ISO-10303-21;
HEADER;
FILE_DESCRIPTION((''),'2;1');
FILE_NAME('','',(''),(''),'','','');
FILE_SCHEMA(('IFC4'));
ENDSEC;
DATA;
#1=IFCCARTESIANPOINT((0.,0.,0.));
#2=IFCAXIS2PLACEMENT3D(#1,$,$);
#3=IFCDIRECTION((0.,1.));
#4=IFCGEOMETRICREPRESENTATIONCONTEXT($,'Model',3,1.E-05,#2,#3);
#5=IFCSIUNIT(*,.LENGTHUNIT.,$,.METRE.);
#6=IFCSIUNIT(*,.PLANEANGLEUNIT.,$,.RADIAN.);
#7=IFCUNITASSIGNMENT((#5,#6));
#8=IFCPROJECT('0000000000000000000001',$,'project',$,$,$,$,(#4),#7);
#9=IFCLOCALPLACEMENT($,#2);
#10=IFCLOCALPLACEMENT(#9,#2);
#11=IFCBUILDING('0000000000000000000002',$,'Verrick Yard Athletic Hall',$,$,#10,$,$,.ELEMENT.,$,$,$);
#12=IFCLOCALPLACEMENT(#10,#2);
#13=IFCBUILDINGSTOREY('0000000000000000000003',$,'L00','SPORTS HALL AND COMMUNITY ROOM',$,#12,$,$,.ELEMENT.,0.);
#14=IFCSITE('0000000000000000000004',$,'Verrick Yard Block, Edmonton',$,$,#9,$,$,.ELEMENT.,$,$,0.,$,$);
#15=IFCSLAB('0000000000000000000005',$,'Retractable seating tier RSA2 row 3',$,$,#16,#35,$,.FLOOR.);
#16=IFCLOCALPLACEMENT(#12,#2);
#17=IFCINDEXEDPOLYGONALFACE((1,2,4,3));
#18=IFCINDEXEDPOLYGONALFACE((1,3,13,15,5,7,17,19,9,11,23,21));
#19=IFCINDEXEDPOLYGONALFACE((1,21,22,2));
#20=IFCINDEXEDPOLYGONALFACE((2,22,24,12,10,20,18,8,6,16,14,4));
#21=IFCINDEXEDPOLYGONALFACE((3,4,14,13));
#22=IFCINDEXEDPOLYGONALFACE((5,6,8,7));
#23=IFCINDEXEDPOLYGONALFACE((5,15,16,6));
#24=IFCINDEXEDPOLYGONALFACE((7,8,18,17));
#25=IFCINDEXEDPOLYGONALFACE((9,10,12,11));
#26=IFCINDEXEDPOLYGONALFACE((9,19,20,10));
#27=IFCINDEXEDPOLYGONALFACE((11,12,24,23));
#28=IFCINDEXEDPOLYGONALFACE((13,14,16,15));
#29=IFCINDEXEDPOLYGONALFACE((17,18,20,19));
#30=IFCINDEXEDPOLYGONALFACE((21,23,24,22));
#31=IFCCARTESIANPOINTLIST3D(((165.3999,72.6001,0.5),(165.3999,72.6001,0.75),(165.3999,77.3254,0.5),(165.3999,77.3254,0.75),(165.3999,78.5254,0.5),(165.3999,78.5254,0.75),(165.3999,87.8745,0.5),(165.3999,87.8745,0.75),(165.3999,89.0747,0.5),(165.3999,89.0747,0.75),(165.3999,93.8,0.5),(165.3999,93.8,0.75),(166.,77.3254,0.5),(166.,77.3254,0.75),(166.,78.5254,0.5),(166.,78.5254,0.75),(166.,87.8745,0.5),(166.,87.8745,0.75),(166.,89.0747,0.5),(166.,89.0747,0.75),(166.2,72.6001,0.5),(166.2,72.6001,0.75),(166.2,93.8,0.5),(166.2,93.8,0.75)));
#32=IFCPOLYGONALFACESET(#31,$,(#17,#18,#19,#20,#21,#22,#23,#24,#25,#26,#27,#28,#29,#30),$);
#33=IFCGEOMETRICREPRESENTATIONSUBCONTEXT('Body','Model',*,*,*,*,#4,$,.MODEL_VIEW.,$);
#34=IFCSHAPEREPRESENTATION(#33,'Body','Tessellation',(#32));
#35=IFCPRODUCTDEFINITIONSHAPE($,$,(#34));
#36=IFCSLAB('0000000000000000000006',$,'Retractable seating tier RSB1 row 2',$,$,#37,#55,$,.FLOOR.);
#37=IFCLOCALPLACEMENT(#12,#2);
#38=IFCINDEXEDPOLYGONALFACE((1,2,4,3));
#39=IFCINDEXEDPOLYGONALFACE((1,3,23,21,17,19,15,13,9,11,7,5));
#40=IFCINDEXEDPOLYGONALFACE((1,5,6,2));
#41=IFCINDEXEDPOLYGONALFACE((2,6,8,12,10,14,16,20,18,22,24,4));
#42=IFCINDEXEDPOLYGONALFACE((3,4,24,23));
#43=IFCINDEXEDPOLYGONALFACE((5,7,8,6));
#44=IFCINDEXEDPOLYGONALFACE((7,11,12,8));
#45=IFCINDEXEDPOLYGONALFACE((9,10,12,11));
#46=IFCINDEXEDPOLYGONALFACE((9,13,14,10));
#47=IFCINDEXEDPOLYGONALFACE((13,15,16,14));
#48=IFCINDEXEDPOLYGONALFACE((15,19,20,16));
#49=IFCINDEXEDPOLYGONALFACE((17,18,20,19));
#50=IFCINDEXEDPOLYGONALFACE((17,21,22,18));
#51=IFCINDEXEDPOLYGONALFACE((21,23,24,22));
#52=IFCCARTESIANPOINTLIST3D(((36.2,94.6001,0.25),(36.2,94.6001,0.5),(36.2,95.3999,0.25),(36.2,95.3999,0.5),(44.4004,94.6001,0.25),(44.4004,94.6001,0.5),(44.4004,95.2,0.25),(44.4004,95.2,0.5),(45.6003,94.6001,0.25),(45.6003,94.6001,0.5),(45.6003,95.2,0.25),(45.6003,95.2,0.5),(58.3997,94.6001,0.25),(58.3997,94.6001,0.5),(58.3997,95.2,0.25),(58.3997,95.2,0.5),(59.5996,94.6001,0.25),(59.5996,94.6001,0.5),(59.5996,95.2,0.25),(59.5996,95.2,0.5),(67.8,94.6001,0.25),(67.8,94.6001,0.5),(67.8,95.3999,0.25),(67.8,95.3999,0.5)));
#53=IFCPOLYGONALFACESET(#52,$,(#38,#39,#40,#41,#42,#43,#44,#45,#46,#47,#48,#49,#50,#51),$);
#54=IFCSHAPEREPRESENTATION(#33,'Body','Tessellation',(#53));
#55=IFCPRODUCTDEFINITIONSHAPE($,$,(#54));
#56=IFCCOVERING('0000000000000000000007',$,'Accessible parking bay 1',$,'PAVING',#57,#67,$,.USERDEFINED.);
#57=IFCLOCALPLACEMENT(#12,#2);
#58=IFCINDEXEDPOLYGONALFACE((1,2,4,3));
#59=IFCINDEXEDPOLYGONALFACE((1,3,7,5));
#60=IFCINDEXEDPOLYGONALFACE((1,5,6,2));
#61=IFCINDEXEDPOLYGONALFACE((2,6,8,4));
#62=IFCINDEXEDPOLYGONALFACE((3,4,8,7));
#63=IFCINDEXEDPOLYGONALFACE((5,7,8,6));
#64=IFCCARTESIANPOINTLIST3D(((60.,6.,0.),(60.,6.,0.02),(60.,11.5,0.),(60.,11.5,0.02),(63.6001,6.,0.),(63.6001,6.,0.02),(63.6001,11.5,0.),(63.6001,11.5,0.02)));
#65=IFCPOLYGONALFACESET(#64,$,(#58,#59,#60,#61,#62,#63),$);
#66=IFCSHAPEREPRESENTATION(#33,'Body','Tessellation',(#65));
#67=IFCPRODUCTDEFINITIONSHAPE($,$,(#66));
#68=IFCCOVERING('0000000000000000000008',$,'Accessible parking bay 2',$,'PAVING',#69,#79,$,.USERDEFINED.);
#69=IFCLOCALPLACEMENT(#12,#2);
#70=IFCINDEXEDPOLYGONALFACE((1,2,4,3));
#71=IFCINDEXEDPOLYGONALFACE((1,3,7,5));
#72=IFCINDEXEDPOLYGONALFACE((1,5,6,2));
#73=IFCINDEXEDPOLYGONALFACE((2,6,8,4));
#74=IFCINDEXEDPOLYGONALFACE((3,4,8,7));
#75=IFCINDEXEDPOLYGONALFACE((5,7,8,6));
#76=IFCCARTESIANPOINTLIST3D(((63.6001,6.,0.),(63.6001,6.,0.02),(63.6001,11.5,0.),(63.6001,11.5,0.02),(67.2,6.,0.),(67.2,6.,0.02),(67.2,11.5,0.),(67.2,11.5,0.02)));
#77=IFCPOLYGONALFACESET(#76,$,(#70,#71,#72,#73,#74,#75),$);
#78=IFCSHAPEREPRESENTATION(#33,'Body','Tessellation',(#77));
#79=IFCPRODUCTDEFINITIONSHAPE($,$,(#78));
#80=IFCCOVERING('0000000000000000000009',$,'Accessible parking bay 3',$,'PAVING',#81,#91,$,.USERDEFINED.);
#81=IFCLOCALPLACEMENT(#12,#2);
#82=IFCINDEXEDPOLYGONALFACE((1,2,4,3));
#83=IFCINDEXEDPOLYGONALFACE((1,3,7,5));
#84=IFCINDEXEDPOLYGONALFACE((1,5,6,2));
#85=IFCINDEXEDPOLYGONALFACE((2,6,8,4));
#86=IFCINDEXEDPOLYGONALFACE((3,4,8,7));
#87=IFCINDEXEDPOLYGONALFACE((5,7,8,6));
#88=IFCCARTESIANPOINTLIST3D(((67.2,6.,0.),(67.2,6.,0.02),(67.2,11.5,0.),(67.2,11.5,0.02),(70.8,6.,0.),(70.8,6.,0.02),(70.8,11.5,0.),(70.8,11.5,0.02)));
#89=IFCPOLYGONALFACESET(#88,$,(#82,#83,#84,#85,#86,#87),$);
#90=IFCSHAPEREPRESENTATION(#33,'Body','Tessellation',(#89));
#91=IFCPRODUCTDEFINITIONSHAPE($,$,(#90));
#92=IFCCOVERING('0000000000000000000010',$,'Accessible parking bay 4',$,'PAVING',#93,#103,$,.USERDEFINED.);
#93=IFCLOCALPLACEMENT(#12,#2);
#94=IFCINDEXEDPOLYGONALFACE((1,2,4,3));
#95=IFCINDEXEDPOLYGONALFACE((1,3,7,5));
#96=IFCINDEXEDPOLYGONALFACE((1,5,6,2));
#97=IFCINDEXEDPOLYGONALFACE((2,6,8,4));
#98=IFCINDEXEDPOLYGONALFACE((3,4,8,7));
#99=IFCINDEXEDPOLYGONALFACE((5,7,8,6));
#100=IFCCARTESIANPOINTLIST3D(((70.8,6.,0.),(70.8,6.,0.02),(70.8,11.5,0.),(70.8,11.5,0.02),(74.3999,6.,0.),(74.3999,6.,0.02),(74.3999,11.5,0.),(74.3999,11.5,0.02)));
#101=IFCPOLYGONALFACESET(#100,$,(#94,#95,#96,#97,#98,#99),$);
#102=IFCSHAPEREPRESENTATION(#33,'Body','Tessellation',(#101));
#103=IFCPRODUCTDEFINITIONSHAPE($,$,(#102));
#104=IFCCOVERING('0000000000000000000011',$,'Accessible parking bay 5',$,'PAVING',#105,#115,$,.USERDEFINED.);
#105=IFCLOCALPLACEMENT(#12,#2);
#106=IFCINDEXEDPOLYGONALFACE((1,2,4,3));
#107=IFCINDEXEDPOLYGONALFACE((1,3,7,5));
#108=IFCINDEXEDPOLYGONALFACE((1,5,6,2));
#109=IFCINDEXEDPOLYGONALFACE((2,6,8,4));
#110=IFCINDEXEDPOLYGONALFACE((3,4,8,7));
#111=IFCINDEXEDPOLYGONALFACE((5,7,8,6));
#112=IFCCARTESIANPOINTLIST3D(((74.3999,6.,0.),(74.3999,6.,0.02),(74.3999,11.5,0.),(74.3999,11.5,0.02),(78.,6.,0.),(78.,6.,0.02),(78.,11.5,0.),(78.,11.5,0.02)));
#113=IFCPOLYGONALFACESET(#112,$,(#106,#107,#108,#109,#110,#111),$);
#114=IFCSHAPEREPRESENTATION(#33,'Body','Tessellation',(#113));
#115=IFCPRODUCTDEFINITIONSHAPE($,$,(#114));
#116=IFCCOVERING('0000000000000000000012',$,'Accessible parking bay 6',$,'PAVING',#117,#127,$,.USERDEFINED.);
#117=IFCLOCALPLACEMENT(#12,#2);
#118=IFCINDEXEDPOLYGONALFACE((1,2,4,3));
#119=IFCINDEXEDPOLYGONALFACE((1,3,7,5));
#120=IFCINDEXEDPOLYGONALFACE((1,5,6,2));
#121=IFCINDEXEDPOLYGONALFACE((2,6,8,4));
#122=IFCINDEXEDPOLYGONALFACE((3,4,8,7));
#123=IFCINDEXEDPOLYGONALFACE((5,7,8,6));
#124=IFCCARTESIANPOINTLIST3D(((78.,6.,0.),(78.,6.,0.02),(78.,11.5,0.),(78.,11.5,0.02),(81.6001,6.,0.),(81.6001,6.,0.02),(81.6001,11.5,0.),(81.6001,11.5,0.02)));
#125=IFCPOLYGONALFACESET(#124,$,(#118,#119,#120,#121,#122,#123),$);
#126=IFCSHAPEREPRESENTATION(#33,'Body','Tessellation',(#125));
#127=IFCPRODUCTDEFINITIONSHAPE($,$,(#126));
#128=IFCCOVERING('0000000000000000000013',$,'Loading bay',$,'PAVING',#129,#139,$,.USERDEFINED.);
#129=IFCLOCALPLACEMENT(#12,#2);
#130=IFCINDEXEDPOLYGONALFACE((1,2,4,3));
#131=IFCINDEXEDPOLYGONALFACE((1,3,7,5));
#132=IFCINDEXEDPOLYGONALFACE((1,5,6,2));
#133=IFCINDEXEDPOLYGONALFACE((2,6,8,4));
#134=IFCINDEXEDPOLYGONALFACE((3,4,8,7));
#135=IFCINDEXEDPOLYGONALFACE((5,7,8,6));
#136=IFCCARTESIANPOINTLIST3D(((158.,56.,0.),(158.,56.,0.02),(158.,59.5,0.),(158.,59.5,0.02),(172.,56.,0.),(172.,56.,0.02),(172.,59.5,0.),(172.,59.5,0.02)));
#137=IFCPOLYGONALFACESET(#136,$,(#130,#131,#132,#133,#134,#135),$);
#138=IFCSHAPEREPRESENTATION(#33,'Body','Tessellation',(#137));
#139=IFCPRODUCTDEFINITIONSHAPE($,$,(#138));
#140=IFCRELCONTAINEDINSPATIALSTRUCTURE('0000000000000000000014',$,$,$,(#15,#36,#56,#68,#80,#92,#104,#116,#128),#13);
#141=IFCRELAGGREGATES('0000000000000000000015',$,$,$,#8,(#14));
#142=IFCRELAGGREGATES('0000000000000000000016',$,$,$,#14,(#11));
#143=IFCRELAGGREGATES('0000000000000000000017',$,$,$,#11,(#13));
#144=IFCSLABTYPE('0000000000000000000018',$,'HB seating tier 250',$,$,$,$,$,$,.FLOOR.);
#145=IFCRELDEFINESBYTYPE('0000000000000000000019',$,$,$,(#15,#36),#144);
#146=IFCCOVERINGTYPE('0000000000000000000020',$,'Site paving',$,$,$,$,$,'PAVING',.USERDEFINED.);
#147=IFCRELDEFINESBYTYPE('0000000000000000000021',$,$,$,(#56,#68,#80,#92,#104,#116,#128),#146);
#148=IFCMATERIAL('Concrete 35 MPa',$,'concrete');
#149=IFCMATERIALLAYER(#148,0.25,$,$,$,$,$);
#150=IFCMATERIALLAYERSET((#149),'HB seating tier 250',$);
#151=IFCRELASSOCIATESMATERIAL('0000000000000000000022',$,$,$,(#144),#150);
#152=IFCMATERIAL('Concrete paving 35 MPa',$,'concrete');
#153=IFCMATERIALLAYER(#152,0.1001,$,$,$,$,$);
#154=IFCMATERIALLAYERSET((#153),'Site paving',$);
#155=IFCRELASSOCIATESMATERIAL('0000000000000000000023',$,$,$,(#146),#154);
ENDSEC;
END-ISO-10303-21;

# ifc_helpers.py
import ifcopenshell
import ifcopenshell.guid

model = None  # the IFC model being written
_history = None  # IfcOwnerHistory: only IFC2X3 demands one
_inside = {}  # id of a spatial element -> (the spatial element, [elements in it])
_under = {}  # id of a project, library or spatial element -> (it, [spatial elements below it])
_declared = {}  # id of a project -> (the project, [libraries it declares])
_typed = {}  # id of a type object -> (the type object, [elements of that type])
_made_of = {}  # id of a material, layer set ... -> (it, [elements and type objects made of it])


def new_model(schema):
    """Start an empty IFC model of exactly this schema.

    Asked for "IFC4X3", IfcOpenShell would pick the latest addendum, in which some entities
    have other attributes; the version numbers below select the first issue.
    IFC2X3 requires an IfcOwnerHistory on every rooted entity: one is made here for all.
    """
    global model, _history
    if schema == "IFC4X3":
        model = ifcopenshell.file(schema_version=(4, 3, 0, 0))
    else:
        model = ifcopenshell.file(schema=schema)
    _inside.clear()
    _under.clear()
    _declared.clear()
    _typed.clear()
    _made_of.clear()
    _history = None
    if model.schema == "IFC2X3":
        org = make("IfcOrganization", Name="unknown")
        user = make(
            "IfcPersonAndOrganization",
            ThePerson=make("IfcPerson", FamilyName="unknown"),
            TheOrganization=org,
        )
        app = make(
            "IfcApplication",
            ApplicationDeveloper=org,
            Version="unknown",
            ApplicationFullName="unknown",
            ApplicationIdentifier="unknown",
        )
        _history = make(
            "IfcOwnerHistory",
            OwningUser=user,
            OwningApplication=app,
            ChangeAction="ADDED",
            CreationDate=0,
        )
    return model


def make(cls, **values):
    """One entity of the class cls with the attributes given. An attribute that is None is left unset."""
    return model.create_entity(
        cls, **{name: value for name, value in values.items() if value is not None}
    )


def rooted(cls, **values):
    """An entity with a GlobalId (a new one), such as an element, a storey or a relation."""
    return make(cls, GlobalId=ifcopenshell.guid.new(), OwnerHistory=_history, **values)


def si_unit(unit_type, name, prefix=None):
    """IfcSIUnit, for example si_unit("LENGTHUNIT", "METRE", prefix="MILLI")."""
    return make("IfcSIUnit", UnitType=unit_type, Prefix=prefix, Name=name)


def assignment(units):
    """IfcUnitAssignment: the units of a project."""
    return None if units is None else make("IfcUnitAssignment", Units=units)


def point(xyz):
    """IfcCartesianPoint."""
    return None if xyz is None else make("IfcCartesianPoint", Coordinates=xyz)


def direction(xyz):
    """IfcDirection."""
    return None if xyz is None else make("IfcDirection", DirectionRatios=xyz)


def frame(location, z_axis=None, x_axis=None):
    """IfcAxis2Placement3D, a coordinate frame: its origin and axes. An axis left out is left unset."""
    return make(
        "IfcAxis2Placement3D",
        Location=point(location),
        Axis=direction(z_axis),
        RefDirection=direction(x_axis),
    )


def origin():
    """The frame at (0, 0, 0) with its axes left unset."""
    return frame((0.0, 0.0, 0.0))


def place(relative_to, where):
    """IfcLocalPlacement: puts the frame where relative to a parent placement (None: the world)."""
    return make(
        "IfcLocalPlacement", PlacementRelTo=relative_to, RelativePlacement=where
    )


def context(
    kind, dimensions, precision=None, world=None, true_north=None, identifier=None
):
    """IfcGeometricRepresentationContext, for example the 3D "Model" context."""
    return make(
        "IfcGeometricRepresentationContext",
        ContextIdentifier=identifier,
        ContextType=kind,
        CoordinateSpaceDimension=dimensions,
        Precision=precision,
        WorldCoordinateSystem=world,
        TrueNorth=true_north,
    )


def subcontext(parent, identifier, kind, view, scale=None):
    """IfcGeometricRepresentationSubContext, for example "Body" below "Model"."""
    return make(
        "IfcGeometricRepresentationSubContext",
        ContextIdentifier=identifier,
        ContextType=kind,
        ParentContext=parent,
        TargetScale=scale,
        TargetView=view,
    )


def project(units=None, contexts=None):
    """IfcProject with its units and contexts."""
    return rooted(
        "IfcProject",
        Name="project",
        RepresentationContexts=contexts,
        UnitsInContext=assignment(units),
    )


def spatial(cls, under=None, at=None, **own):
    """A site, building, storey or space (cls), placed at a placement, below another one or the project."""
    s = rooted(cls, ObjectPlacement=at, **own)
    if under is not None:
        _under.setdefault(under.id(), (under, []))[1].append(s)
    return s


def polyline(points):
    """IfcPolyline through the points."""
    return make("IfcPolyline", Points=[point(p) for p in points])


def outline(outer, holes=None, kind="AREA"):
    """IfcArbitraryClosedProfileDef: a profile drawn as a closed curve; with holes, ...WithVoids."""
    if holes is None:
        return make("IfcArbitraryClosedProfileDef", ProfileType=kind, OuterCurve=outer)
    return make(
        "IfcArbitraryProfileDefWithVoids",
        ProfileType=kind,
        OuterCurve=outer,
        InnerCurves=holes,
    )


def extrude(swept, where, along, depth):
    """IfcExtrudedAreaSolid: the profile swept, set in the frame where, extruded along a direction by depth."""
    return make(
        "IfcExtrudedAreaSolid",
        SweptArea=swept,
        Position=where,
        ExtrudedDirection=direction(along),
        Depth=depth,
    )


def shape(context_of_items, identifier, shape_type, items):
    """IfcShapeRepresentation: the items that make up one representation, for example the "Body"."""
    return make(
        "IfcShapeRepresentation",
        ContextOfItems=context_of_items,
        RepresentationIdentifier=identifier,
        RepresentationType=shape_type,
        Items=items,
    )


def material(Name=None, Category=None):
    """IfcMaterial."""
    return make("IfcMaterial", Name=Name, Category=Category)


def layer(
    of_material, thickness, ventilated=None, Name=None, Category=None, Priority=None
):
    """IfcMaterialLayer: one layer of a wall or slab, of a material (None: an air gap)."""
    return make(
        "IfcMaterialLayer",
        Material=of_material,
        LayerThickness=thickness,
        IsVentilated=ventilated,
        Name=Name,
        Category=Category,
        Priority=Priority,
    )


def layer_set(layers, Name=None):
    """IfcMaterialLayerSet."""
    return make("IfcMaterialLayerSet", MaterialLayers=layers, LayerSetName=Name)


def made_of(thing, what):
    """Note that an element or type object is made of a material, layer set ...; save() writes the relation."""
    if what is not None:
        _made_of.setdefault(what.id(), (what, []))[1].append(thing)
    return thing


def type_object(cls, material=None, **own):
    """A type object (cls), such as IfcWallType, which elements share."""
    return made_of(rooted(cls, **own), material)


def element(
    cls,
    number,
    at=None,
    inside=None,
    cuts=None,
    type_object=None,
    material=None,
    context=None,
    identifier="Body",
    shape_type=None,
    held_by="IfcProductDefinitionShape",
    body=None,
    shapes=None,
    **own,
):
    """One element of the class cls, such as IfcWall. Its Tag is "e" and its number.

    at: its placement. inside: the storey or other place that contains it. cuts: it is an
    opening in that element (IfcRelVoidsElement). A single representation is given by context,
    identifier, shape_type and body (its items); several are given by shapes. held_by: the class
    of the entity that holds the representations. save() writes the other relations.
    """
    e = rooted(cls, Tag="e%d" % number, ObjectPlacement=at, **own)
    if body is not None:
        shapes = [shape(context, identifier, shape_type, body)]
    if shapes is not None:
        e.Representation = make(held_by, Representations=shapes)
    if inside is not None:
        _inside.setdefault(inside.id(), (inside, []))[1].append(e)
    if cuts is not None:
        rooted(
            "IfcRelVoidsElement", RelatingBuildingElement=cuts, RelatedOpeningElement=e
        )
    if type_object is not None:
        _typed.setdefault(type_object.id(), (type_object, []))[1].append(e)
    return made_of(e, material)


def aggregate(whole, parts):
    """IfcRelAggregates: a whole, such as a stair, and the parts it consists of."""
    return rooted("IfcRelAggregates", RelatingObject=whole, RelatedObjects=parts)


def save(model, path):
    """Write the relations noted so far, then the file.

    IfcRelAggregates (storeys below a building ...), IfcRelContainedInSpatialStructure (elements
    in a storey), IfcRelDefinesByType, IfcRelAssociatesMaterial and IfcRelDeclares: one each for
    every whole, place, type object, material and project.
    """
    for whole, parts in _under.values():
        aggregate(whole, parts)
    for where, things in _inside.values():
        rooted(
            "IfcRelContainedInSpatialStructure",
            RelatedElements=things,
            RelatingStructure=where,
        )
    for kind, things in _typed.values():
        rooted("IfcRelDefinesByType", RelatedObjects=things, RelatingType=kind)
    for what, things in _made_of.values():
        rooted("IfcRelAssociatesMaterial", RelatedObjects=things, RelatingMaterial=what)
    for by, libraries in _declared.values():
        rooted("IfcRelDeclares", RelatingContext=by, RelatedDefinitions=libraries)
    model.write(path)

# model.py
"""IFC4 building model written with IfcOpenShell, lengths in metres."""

from ifc_helpers import new_model, si_unit, direction, frame, origin, place, context, subcontext, project, spatial, polyline, outline, extrude, material, layer, layer_set, type_object, element, save


model = new_model("IFC4")

# Units and contexts
model_context = context("Model", 3, precision=1e-05, world=origin(), true_north=direction((0.0, 1.0)))
body_context = subcontext(model_context, "Body", "Model", "MODEL_VIEW")
ifc_project = project(units=[si_unit("LENGTHUNIT", "METRE"), si_unit("PLANEANGLEUNIT", "RADIAN")], contexts=[model_context])

# Site, building, storey
site_placement = place(None, origin())
site = spatial("IfcSite", under=ifc_project, at=site_placement, Name="Verrick Yard Block, Edmonton", CompositionType="ELEMENT", RefElevation=0.0)
building_placement = place(site_placement, origin())
building = spatial("IfcBuilding", under=site, at=building_placement, Name="Verrick Yard Athletic Hall", CompositionType="ELEMENT")
storey_placement = place(building_placement, origin())
storey = spatial("IfcBuildingStorey", under=building, at=storey_placement, Name="L00", Description="SPORTS HALL AND COMMUNITY ROOM", CompositionType="ELEMENT", Elevation=0.0)

# Slabs
ifc_material_1 = material(Name="Concrete 35 MPa", Category="concrete")
ifc_layer_1 = layer(ifc_material_1, 0.25)
ifc_layer_set_1 = layer_set([ifc_layer_1], Name="HB seating tier 250")
slab_type_1 = type_object("IfcSlabType", Name="HB seating tier 250", PredefinedType="FLOOR", material=ifc_layer_set_1)
slab_1_placement = place(storey_placement, frame((0.0, 0.0, 0.5)))
element("IfcSlab", 1, at=slab_1_placement, inside=storey, type_object=slab_type_1, Name="Retractable seating tier RSA2 row 3", PredefinedType="FLOOR", context=body_context, shape_type="SweptSolid", body=[
    extrude(outline(polyline([(166.2, 72.6001), (166.2, 93.8), (165.3999, 93.8), (165.3999, 89.0747), (166.0, 89.0747), (166.0, 87.8745), (165.3999, 87.8745), (165.3999, 78.5254), (166.0, 78.5254), (166.0, 77.3254), (165.3999, 77.3254), (165.3999, 72.6001), (166.2, 72.6001)])), origin(), (0.0, 0.0, 1.0), 0.25),
])
slab_2_placement = place(storey_placement, frame((0.0, 0.0, 0.25)))
element("IfcSlab", 2, at=slab_2_placement, inside=storey, type_object=slab_type_1, Name="Retractable seating tier RSB1 row 2", PredefinedType="FLOOR", context=body_context, shape_type="SweptSolid", body=[
    extrude(outline(polyline([(36.2, 94.6001), (44.4004, 94.6001), (44.4004, 95.2), (45.6003, 95.2), (45.6003, 94.6001), (58.3997, 94.6001), (58.3997, 95.2), (59.5996, 95.2), (59.5996, 94.6001), (67.8, 94.6001), (67.8, 95.3999), (36.2, 95.3999), (36.2, 94.6001)])), origin(), (0.0, 0.0, 1.0), 0.25),
])

# Coverings
ifc_material_2 = material(Name="Concrete paving 35 MPa", Category="concrete")
ifc_layer_2 = layer(ifc_material_2, 0.1001)
ifc_layer_set_2 = layer_set([ifc_layer_2], Name="Site paving")
covering_type = type_object("IfcCoveringType", Name="Site paving", ElementType="PAVING", PredefinedType="USERDEFINED", material=ifc_layer_set_2)
covering_1_placement = place(storey_placement, origin())
element("IfcCovering", 3, at=covering_1_placement, inside=storey, type_object=covering_type, Name="Accessible parking bay 1", ObjectType="PAVING", PredefinedType="USERDEFINED", context=body_context, shape_type="SweptSolid", body=[
    extrude(outline(polyline([(63.6001, 6.0), (63.6001, 11.5), (60.0, 11.5), (60.0, 6.0), (63.6001, 6.0)])), origin(), (0.0, 0.0, 1.0), 0.02),
])
covering_2_placement = place(storey_placement, origin())
element("IfcCovering", 4, at=covering_2_placement, inside=storey, type_object=covering_type, Name="Accessible parking bay 2", ObjectType="PAVING", PredefinedType="USERDEFINED", context=body_context, shape_type="SweptSolid", body=[
    extrude(outline(polyline([(67.2, 6.0), (67.2, 11.5), (63.6001, 11.5), (63.6001, 6.0), (67.2, 6.0)])), origin(), (0.0, 0.0, 1.0), 0.02),
])
covering_3_placement = place(storey_placement, origin())
element("IfcCovering", 5, at=covering_3_placement, inside=storey, type_object=covering_type, Name="Accessible parking bay 3", ObjectType="PAVING", PredefinedType="USERDEFINED", context=body_context, shape_type="SweptSolid", body=[
    extrude(outline(polyline([(70.8, 6.0), (70.8, 11.5), (67.2, 11.5), (67.2, 6.0), (70.8, 6.0)])), origin(), (0.0, 0.0, 1.0), 0.02),
])
covering_4_placement = place(storey_placement, origin())
element("IfcCovering", 6, at=covering_4_placement, inside=storey, type_object=covering_type, Name="Accessible parking bay 4", ObjectType="PAVING", PredefinedType="USERDEFINED", context=body_context, shape_type="SweptSolid", body=[
    extrude(outline(polyline([(74.3999, 6.0), (74.3999, 11.5), (70.8, 11.5), (70.8, 6.0), (74.3999, 6.0)])), origin(), (0.0, 0.0, 1.0), 0.02),
])
covering_5_placement = place(storey_placement, origin())
element("IfcCovering", 7, at=covering_5_placement, inside=storey, type_object=covering_type, Name="Accessible parking bay 5", ObjectType="PAVING", PredefinedType="USERDEFINED", context=body_context, shape_type="SweptSolid", body=[
    extrude(outline(polyline([(78.0, 6.0), (78.0, 11.5), (74.3999, 11.5), (74.3999, 6.0), (78.0, 6.0)])), origin(), (0.0, 0.0, 1.0), 0.02),
])
covering_6_placement = place(storey_placement, origin())
element("IfcCovering", 8, at=covering_6_placement, inside=storey, type_object=covering_type, Name="Accessible parking bay 6", ObjectType="PAVING", PredefinedType="USERDEFINED", context=body_context, shape_type="SweptSolid", body=[
    extrude(outline(polyline([(81.6001, 6.0), (81.6001, 11.5), (78.0, 11.5), (78.0, 6.0), (81.6001, 6.0)])), origin(), (0.0, 0.0, 1.0), 0.02),
])
covering_7_placement = place(storey_placement, origin())
element("IfcCovering", 9, at=covering_7_placement, inside=storey, type_object=covering_type, Name="Loading bay", ObjectType="PAVING", PredefinedType="USERDEFINED", context=body_context, shape_type="SweptSolid", body=[
    extrude(outline(polyline([(172.0, 56.0), (172.0, 59.5), (158.0, 59.5), (158.0, 56.0), (172.0, 56.0)])), origin(), (0.0, 0.0, 1.0), 0.02),
])

save(model, "model.ifc")
